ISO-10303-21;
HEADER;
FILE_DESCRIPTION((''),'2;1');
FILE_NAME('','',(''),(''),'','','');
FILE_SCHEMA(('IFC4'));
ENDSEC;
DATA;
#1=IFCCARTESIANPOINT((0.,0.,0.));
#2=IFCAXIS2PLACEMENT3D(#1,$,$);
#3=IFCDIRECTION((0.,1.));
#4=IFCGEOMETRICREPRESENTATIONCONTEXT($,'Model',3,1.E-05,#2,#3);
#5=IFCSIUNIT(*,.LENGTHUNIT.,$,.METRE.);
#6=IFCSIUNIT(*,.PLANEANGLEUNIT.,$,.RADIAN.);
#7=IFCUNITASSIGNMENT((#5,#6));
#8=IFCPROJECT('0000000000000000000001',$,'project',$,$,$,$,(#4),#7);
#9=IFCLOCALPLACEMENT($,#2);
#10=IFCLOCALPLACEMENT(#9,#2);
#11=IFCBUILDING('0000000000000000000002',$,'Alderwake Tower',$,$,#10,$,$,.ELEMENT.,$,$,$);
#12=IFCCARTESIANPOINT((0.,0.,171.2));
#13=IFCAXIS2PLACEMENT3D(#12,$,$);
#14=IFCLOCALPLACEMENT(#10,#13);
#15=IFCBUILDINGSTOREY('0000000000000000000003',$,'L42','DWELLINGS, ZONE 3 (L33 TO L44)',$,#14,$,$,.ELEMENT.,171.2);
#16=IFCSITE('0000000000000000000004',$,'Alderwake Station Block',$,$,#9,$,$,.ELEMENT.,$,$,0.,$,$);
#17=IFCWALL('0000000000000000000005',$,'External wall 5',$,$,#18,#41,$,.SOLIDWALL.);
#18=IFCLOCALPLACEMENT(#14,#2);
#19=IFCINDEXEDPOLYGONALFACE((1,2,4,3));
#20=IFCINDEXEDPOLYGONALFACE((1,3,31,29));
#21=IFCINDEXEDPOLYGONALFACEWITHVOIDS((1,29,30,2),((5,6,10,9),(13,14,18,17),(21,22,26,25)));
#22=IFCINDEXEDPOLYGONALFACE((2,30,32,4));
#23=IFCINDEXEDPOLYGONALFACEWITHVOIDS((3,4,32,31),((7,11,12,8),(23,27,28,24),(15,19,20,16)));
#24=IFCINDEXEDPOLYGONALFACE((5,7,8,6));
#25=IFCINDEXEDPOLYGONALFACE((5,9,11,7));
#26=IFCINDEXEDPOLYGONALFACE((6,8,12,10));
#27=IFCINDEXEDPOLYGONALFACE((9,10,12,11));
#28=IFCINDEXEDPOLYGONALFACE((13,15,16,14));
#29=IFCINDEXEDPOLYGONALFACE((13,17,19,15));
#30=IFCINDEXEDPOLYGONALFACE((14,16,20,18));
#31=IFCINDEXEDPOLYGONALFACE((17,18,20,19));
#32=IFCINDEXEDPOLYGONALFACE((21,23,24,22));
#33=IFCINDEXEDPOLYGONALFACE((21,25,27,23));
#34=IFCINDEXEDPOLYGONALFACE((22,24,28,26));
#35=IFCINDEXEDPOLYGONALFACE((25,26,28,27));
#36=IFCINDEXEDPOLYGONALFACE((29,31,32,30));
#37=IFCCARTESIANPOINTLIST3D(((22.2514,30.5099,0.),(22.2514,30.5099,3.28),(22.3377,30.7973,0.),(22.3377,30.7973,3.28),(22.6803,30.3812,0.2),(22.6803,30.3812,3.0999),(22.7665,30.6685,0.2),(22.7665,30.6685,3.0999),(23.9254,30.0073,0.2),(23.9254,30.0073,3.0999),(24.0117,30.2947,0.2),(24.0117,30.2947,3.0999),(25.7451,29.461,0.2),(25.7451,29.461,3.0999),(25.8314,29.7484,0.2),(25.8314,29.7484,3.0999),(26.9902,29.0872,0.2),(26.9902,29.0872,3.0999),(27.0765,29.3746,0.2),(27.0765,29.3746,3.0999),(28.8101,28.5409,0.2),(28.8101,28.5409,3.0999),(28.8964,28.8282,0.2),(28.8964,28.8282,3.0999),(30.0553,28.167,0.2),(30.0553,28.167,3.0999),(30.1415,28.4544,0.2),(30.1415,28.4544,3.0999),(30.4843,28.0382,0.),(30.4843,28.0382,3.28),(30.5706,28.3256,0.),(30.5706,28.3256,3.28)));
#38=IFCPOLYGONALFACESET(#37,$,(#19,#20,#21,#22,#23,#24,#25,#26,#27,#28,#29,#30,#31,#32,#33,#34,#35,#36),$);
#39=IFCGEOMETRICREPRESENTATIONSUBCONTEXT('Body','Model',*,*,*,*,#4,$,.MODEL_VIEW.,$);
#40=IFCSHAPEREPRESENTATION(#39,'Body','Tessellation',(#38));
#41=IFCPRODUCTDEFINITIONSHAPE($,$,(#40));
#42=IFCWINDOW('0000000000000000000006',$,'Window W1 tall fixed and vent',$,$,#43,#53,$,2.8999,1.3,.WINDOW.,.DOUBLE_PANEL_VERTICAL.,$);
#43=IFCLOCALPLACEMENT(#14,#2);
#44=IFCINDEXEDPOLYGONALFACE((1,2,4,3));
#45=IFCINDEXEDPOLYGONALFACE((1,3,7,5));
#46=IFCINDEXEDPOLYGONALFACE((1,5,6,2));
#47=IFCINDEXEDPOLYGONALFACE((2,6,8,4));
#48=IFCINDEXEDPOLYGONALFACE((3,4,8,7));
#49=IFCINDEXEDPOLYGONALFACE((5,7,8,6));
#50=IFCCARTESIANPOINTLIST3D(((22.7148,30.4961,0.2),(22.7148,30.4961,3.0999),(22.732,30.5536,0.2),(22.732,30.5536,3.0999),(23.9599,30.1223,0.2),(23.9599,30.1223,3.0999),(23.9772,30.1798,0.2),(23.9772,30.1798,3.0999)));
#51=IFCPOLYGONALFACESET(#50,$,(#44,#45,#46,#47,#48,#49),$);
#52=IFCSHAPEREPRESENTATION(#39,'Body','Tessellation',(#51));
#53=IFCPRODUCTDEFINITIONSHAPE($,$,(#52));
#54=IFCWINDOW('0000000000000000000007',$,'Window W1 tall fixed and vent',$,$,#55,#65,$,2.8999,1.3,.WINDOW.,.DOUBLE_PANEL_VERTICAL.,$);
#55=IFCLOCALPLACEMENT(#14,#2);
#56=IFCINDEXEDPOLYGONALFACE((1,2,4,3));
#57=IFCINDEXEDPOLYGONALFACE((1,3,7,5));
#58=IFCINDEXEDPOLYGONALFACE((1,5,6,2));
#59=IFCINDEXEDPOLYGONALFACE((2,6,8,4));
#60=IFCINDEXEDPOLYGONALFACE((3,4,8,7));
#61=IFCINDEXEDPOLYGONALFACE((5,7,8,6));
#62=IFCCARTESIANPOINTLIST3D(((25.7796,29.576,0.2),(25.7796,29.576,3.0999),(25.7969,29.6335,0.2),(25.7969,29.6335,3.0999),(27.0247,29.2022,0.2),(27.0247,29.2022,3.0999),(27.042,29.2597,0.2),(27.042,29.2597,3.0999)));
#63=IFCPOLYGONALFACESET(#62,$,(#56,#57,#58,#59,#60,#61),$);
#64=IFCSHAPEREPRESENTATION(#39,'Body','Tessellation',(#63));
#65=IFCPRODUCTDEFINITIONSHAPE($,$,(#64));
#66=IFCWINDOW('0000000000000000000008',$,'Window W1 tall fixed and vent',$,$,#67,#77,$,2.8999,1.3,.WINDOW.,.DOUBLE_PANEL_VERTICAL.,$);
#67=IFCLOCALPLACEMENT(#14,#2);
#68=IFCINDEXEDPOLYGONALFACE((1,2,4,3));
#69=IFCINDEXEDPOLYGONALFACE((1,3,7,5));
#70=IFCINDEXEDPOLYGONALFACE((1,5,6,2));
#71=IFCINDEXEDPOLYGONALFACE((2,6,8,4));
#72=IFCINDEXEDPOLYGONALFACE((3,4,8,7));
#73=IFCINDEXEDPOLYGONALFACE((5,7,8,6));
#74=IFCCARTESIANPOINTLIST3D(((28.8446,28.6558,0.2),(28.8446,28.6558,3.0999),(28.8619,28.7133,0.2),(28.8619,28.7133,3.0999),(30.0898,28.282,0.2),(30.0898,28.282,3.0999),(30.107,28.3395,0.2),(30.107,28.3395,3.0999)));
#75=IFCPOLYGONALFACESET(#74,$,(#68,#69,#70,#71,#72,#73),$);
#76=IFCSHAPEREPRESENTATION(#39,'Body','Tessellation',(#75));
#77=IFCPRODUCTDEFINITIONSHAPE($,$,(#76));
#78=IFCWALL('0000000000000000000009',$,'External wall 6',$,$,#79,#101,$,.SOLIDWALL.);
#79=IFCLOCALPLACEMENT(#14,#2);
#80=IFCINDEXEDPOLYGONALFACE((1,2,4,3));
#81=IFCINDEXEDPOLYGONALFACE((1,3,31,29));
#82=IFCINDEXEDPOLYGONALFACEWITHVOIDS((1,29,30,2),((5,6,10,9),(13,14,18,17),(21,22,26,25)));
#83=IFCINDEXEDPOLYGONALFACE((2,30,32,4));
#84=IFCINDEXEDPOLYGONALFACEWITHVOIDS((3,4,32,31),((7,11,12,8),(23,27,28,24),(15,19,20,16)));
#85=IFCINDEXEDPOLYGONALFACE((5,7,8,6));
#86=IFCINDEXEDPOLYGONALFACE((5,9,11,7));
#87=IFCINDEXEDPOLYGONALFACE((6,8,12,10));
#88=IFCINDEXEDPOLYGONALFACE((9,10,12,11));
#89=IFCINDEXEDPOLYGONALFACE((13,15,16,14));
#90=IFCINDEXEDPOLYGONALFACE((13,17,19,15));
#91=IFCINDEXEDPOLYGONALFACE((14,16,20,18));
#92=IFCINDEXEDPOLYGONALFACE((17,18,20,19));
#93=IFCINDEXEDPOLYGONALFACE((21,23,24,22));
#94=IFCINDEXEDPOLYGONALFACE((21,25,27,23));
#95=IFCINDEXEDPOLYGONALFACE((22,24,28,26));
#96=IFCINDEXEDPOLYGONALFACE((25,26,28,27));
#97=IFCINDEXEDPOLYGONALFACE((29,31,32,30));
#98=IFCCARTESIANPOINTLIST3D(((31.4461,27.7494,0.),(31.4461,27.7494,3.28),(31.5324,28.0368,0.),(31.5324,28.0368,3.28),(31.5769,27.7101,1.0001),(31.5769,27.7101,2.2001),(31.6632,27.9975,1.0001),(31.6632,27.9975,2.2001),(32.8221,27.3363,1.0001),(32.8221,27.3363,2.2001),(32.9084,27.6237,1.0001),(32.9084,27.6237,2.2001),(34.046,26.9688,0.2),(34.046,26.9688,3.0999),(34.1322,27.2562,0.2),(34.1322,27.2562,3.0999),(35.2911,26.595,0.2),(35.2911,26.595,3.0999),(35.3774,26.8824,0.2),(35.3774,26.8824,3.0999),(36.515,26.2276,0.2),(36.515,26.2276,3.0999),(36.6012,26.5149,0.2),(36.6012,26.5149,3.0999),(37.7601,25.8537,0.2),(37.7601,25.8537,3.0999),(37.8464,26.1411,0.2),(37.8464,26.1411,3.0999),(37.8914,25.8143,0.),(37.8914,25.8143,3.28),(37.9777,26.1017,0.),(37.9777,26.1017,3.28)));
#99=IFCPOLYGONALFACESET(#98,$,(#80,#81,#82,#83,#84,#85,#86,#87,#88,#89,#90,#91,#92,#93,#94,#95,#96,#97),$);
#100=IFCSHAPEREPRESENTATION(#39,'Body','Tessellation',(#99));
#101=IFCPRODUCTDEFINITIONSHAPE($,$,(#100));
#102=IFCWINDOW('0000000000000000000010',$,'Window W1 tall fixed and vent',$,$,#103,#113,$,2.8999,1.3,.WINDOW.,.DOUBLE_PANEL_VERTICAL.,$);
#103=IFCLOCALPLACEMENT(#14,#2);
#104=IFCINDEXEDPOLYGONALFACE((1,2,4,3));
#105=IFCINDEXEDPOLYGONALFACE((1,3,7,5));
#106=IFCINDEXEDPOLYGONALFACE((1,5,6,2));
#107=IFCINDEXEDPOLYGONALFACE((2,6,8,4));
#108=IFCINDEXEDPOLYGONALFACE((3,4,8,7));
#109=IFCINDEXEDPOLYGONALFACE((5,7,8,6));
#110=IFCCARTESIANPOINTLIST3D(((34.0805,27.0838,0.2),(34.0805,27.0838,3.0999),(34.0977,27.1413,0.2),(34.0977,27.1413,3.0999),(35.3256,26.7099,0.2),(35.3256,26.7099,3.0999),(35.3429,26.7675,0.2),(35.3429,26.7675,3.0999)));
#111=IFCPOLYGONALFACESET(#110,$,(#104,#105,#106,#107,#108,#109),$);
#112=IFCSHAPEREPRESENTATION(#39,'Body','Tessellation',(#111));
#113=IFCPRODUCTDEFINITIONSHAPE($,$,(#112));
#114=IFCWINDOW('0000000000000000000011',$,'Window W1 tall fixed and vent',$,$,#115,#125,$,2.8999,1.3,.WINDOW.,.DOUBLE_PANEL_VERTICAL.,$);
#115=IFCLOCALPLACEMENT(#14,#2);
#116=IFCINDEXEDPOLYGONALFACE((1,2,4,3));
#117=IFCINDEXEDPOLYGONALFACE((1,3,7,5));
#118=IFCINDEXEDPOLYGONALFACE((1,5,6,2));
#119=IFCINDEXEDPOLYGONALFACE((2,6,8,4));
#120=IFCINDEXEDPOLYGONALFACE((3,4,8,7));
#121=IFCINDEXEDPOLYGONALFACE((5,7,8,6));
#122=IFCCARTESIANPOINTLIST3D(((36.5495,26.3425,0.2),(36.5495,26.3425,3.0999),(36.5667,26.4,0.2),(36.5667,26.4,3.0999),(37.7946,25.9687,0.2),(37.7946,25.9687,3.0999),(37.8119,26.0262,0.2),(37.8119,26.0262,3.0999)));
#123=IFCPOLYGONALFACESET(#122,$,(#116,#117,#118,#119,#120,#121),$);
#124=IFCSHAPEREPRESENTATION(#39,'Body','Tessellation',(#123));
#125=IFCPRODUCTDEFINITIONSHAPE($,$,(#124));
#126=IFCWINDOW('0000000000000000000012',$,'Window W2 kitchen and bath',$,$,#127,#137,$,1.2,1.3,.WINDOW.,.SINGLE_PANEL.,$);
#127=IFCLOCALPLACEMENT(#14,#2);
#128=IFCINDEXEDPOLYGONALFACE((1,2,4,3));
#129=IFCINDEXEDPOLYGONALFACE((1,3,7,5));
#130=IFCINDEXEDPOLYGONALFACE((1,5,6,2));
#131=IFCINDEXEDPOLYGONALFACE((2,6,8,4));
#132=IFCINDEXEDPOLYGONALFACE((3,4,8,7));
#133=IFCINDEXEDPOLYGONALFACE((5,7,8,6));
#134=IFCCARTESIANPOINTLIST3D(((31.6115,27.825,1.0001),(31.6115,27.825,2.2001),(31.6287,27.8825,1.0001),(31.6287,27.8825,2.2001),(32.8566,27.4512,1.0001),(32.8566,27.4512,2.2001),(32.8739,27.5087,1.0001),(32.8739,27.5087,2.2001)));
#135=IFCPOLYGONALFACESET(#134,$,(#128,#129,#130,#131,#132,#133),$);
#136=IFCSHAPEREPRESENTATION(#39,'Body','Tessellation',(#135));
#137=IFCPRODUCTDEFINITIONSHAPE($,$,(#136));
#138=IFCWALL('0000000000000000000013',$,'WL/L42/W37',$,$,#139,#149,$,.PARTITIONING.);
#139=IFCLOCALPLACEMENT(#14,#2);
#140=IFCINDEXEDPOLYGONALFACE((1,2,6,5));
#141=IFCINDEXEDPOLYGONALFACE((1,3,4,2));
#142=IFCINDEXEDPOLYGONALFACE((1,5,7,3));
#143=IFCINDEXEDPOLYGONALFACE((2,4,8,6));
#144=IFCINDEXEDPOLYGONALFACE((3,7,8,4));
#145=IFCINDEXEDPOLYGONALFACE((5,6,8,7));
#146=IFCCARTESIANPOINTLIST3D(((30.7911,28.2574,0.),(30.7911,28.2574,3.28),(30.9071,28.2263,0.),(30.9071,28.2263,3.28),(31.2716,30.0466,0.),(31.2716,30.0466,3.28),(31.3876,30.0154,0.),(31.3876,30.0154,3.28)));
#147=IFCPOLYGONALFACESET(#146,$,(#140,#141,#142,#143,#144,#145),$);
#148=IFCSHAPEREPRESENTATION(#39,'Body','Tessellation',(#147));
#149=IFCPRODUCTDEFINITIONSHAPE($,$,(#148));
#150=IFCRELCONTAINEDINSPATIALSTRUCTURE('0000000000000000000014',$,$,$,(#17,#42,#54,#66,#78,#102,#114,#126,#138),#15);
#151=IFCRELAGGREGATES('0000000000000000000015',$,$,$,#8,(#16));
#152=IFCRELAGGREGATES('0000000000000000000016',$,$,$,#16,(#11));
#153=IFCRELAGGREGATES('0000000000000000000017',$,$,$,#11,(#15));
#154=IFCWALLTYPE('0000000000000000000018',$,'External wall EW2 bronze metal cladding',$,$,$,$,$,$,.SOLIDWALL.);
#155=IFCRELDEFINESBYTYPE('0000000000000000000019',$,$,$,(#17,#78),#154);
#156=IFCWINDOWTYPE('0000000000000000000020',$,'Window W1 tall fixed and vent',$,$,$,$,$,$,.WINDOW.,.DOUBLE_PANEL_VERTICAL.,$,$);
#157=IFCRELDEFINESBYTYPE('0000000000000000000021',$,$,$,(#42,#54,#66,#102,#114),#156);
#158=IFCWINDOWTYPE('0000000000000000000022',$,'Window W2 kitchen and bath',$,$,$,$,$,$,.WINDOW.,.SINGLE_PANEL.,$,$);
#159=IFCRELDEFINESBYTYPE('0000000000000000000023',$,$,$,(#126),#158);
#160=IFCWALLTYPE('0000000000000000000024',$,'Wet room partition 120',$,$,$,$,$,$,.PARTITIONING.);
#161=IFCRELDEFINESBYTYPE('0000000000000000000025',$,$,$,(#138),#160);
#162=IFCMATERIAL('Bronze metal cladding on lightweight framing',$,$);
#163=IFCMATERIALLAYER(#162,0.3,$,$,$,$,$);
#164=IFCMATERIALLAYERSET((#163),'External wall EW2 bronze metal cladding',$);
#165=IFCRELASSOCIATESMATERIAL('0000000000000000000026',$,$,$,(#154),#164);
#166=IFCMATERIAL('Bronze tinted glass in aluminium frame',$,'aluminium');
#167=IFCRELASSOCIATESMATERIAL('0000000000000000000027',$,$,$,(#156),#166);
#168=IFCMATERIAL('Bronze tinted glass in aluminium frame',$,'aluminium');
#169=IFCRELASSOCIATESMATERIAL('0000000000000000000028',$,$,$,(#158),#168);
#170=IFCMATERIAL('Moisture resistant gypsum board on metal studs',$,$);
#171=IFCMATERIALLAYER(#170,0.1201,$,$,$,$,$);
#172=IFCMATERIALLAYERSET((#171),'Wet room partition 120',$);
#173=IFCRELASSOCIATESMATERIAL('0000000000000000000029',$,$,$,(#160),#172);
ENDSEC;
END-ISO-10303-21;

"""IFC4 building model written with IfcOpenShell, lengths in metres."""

from ifc_helpers import new_model, si_unit, direction, frame, frame_2d, origin, place, context, subcontext, project, spatial, rectangle, extrude, material, layer, layer_set, type_object, element, fill, save


model = new_model("IFC4")

# Units and contexts
model_context = context("Model", 3, precision=1e-05, world=origin(), true_north=direction((0.0, 1.0)))
body_context = subcontext(model_context, "Body", "Model", "MODEL_VIEW")
ifc_project = project(units=[si_unit("LENGTHUNIT", "METRE"), si_unit("PLANEANGLEUNIT", "RADIAN")], contexts=[model_context])

# Site, building, storey
site_placement = place(None, origin())
site = spatial("IfcSite", under=ifc_project, at=site_placement, Name="Alderwake Station Block", CompositionType="ELEMENT", RefElevation=0.0)
building_placement = place(site_placement, origin())
building = spatial("IfcBuilding", under=site, at=building_placement, Name="Alderwake Tower", CompositionType="ELEMENT")
storey_placement = place(building_placement, frame((0.0, 0.0, 171.2)))
storey = spatial("IfcBuildingStorey", under=building, at=storey_placement, Name="L42", Description="DWELLINGS, ZONE 3 (L33 TO L44)", CompositionType="ELEMENT", Elevation=171.2)

# Walls, openings, windows
ifc_material_1 = material(Name="Bronze metal cladding on lightweight framing")
ifc_layer_1 = layer(ifc_material_1, 0.3)
ifc_layer_set_1 = layer_set([ifc_layer_1], Name="External wall EW2 bronze metal cladding")
wall_type_1 = type_object("IfcWallType", Name="External wall EW2 bronze metal cladding", PredefinedType="SOLIDWALL", material=ifc_layer_set_1)
wall_1_placement = place(storey_placement, frame((22.2947, 30.6536, 0.0), z_axis=(0.0, 0.0, 1.0), x_axis=(0.957768, -0.287541, 0.0)))
wall_1 = element("IfcWall", 1, at=wall_1_placement, inside=storey, type_object=wall_type_1, Name="External wall 5", PredefinedType="SOLIDWALL", context=body_context, shape_type="SweptSolid", body=[
    extrude(rectangle(XDim=8.5959, YDim=0.3, at=frame_2d((4.2979, 0.0))), origin(), (0.0, 0.0, 1.0), 3.28),
])
opening_1_placement = place(wall_1_placement, frame((0.4478, 0.0, 0.2)))
opening_1 = element("IfcOpeningElement", 2, at=opening_1_placement, cuts=wall_1, PredefinedType="OPENING", context=body_context, shape_type="SweptSolid", body=[
    extrude(rectangle(XDim=1.3, YDim=2.8999, at=frame_2d((0.6499, 1.45))), frame((0.0, 0.1599, 0.0), z_axis=(0.0, -1.0, 0.0), x_axis=(1.0, 0.0, 0.0)), (0.0, 0.0, 1.0), 0.3201),
])
opening_2_placement = place(wall_1_placement, frame((3.6477, 0.0, 0.2)))
opening_2 = element("IfcOpeningElement", 3, at=opening_2_placement, cuts=wall_1, PredefinedType="OPENING", context=body_context, shape_type="SweptSolid", body=[
    extrude(rectangle(XDim=1.3, YDim=2.8999, at=frame_2d((0.6499, 1.45))), frame((0.0, 0.1599, 0.0), z_axis=(0.0, -1.0, 0.0), x_axis=(1.0, 0.0, 0.0)), (0.0, 0.0, 1.0), 0.3201),
])
opening_3_placement = place(wall_1_placement, frame((6.8479, 0.0, 0.2)))
opening_3 = element("IfcOpeningElement", 4, at=opening_3_placement, cuts=wall_1, PredefinedType="OPENING", context=body_context, shape_type="SweptSolid", body=[
    extrude(rectangle(XDim=1.3, YDim=2.8999, at=frame_2d((0.6499, 1.45))), frame((0.0, 0.1599, 0.0), z_axis=(0.0, -1.0, 0.0), x_axis=(1.0, 0.0, 0.0)), (0.0, 0.0, 1.0), 0.3201),
])
ifc_material_2 = material(Name="Bronze tinted glass in aluminium frame", Category="aluminium")
window_type_1 = type_object("IfcWindowType", Name="Window W1 tall fixed and vent", PartitioningType="DOUBLE_PANEL_VERTICAL", PredefinedType="WINDOW", material=ifc_material_2)
window_1_placement = place(opening_1_placement, origin())
window_1 = element("IfcWindow", 5, at=window_1_placement, inside=storey, type_object=window_type_1, Name="Window W1 tall fixed and vent", OverallHeight=2.8999, OverallWidth=1.3, PartitioningType="DOUBLE_PANEL_VERTICAL", PredefinedType="WINDOW", context=body_context, shape_type="SweptSolid", body=[
    extrude(rectangle(XDim=1.3, YDim=2.8999, at=frame_2d((0.6499, 1.45))), frame((0.0, 0.03, 0.0), z_axis=(0.0, -1.0, 0.0), x_axis=(1.0, 0.0, 0.0)), (0.0, 0.0, 1.0), 0.0601),
])
fill(opening_1, window_1)
window_2_placement = place(opening_2_placement, origin())
window_2 = element("IfcWindow", 6, at=window_2_placement, inside=storey, type_object=window_type_1, Name="Window W1 tall fixed and vent", OverallHeight=2.8999, OverallWidth=1.3, PartitioningType="DOUBLE_PANEL_VERTICAL", PredefinedType="WINDOW", context=body_context, shape_type="SweptSolid", body=[
    extrude(rectangle(XDim=1.3, YDim=2.8999, at=frame_2d((0.6499, 1.45))), frame((0.0, 0.03, 0.0), z_axis=(0.0, -1.0, 0.0), x_axis=(1.0, 0.0, 0.0)), (0.0, 0.0, 1.0), 0.0601),
])
fill(opening_2, window_2)
window_3_placement = place(opening_3_placement, origin())
window_3 = element("IfcWindow", 7, at=window_3_placement, inside=storey, type_object=window_type_1, Name="Window W1 tall fixed and vent", OverallHeight=2.8999, OverallWidth=1.3, PartitioningType="DOUBLE_PANEL_VERTICAL", PredefinedType="WINDOW", context=body_context, shape_type="SweptSolid", body=[
    extrude(rectangle(XDim=1.3, YDim=2.8999, at=frame_2d((0.6499, 1.45))), frame((0.0, 0.03, 0.0), z_axis=(0.0, -1.0, 0.0), x_axis=(1.0, 0.0, 0.0)), (0.0, 0.0, 1.0), 0.0601),
])
fill(opening_3, window_3)
wall_2_placement = place(storey_placement, frame((31.4893, 27.8931, 0.0), z_axis=(0.0, 0.0, 1.0), x_axis=(0.957766, -0.287548, 0.0)))
wall_2 = element("IfcWall", 8, at=wall_2_placement, inside=storey, type_object=wall_type_1, Name="External wall 6", PredefinedType="SOLIDWALL", context=body_context, shape_type="SweptSolid", body=[
    extrude(rectangle(XDim=6.7295, YDim=0.3, at=frame_2d((3.3647, 0.0))), origin(), (0.0, 0.0, 1.0), 3.28),
])
opening_4_placement = place(wall_2_placement, frame((0.1367, 0.0, 1.0)))
opening_4 = element("IfcOpeningElement", 9, at=opening_4_placement, cuts=wall_2, PredefinedType="OPENING", context=body_context, shape_type="SweptSolid", body=[
    extrude(rectangle(XDim=1.3, YDim=1.2, at=frame_2d((0.6499, 0.6001))), frame((0.0, 0.1599, 0.0), z_axis=(0.0, -1.0, 0.0), x_axis=(1.0, 0.0, 0.0)), (0.0, 0.0, 1.0), 0.3201),
])
opening_5_placement = place(wall_2_placement, frame((2.7146, 0.0, 0.2)))
opening_5 = element("IfcOpeningElement", 10, at=opening_5_placement, cuts=wall_2, PredefinedType="OPENING", context=body_context, shape_type="SweptSolid", body=[
    extrude(rectangle(XDim=1.3, YDim=2.8999, at=frame_2d((0.6499, 1.45))), frame((0.0, 0.1599, 0.0), z_axis=(0.0, -1.0, 0.0), x_axis=(1.0, 0.0, 0.0)), (0.0, 0.0, 1.0), 0.3201),
])
opening_6_placement = place(wall_2_placement, frame((5.2925, 0.0, 0.2)))
opening_6 = element("IfcOpeningElement", 11, at=opening_6_placement, cuts=wall_2, PredefinedType="OPENING", context=body_context, shape_type="SweptSolid", body=[
    extrude(rectangle(XDim=1.3, YDim=2.8999, at=frame_2d((0.6499, 1.45))), frame((0.0, 0.1599, 0.0), z_axis=(0.0, -1.0, 0.0), x_axis=(1.0, 0.0, 0.0)), (0.0, 0.0, 1.0), 0.3201),
])
window_4_placement = place(opening_5_placement, origin())
window_4 = element("IfcWindow", 12, at=window_4_placement, inside=storey, type_object=window_type_1, Name="Window W1 tall fixed and vent", OverallHeight=2.8999, OverallWidth=1.3, PartitioningType="DOUBLE_PANEL_VERTICAL", PredefinedType="WINDOW", context=body_context, shape_type="SweptSolid", body=[
    extrude(rectangle(XDim=1.3, YDim=2.8999, at=frame_2d((0.6499, 1.45))), frame((0.0, 0.03, 0.0), z_axis=(0.0, -1.0, 0.0), x_axis=(1.0, 0.0, 0.0)), (0.0, 0.0, 1.0), 0.0601),
])
fill(opening_5, window_4)
window_5_placement = place(opening_6_placement, origin())
window_5 = element("IfcWindow", 13, at=window_5_placement, inside=storey, type_object=window_type_1, Name="Window W1 tall fixed and vent", OverallHeight=2.8999, OverallWidth=1.3, PartitioningType="DOUBLE_PANEL_VERTICAL", PredefinedType="WINDOW", context=body_context, shape_type="SweptSolid", body=[
    extrude(rectangle(XDim=1.3, YDim=2.8999, at=frame_2d((0.6499, 1.45))), frame((0.0, 0.03, 0.0), z_axis=(0.0, -1.0, 0.0), x_axis=(1.0, 0.0, 0.0)), (0.0, 0.0, 1.0), 0.0601),
])
fill(opening_6, window_5)
ifc_material_3 = material(Name="Bronze tinted glass in aluminium frame", Category="aluminium")
window_type_2 = type_object("IfcWindowType", Name="Window W2 kitchen and bath", PartitioningType="SINGLE_PANEL", PredefinedType="WINDOW", material=ifc_material_3)
window_6_placement = place(opening_4_placement, origin())
window_6 = element("IfcWindow", 14, at=window_6_placement, inside=storey, type_object=window_type_2, Name="Window W2 kitchen and bath", OverallHeight=1.2, OverallWidth=1.3, PartitioningType="SINGLE_PANEL", PredefinedType="WINDOW", context=body_context, shape_type="SweptSolid", body=[
    extrude(rectangle(XDim=1.3, YDim=1.2, at=frame_2d((0.6499, 0.6001))), frame((0.0, 0.03, 0.0), z_axis=(0.0, -1.0, 0.0), x_axis=(1.0, 0.0, 0.0)), (0.0, 0.0, 1.0), 0.0601),
])
fill(opening_4, window_6)

# Wall
ifc_material_4 = material(Name="Moisture resistant gypsum board on metal studs")
ifc_layer_2 = layer(ifc_material_4, 0.1201)
ifc_layer_set_2 = layer_set([ifc_layer_2], Name="Wet room partition 120")
wall_type_2 = type_object("IfcWallType", Name="Wet room partition 120", PredefinedType="PARTITIONING", material=ifc_layer_set_2)
wall_3_placement = place(storey_placement, frame((31.3296, 30.031, 0.0), z_axis=(0.0, 0.0, 1.0), x_axis=(-0.259368, -0.965778, 0.0)))
element("IfcWall", 15, at=wall_3_placement, inside=storey, type_object=wall_type_2, Name="WL/L42/W37", PredefinedType="PARTITIONING", context=body_context, shape_type="SweptSolid", body=[
    extrude(rectangle(XDim=1.8525, YDim=0.1201, at=frame_2d((0.9263, 0.0))), origin(), (0.0, 0.0, 1.0), 3.28),
])

save(model, "model.ifc")
